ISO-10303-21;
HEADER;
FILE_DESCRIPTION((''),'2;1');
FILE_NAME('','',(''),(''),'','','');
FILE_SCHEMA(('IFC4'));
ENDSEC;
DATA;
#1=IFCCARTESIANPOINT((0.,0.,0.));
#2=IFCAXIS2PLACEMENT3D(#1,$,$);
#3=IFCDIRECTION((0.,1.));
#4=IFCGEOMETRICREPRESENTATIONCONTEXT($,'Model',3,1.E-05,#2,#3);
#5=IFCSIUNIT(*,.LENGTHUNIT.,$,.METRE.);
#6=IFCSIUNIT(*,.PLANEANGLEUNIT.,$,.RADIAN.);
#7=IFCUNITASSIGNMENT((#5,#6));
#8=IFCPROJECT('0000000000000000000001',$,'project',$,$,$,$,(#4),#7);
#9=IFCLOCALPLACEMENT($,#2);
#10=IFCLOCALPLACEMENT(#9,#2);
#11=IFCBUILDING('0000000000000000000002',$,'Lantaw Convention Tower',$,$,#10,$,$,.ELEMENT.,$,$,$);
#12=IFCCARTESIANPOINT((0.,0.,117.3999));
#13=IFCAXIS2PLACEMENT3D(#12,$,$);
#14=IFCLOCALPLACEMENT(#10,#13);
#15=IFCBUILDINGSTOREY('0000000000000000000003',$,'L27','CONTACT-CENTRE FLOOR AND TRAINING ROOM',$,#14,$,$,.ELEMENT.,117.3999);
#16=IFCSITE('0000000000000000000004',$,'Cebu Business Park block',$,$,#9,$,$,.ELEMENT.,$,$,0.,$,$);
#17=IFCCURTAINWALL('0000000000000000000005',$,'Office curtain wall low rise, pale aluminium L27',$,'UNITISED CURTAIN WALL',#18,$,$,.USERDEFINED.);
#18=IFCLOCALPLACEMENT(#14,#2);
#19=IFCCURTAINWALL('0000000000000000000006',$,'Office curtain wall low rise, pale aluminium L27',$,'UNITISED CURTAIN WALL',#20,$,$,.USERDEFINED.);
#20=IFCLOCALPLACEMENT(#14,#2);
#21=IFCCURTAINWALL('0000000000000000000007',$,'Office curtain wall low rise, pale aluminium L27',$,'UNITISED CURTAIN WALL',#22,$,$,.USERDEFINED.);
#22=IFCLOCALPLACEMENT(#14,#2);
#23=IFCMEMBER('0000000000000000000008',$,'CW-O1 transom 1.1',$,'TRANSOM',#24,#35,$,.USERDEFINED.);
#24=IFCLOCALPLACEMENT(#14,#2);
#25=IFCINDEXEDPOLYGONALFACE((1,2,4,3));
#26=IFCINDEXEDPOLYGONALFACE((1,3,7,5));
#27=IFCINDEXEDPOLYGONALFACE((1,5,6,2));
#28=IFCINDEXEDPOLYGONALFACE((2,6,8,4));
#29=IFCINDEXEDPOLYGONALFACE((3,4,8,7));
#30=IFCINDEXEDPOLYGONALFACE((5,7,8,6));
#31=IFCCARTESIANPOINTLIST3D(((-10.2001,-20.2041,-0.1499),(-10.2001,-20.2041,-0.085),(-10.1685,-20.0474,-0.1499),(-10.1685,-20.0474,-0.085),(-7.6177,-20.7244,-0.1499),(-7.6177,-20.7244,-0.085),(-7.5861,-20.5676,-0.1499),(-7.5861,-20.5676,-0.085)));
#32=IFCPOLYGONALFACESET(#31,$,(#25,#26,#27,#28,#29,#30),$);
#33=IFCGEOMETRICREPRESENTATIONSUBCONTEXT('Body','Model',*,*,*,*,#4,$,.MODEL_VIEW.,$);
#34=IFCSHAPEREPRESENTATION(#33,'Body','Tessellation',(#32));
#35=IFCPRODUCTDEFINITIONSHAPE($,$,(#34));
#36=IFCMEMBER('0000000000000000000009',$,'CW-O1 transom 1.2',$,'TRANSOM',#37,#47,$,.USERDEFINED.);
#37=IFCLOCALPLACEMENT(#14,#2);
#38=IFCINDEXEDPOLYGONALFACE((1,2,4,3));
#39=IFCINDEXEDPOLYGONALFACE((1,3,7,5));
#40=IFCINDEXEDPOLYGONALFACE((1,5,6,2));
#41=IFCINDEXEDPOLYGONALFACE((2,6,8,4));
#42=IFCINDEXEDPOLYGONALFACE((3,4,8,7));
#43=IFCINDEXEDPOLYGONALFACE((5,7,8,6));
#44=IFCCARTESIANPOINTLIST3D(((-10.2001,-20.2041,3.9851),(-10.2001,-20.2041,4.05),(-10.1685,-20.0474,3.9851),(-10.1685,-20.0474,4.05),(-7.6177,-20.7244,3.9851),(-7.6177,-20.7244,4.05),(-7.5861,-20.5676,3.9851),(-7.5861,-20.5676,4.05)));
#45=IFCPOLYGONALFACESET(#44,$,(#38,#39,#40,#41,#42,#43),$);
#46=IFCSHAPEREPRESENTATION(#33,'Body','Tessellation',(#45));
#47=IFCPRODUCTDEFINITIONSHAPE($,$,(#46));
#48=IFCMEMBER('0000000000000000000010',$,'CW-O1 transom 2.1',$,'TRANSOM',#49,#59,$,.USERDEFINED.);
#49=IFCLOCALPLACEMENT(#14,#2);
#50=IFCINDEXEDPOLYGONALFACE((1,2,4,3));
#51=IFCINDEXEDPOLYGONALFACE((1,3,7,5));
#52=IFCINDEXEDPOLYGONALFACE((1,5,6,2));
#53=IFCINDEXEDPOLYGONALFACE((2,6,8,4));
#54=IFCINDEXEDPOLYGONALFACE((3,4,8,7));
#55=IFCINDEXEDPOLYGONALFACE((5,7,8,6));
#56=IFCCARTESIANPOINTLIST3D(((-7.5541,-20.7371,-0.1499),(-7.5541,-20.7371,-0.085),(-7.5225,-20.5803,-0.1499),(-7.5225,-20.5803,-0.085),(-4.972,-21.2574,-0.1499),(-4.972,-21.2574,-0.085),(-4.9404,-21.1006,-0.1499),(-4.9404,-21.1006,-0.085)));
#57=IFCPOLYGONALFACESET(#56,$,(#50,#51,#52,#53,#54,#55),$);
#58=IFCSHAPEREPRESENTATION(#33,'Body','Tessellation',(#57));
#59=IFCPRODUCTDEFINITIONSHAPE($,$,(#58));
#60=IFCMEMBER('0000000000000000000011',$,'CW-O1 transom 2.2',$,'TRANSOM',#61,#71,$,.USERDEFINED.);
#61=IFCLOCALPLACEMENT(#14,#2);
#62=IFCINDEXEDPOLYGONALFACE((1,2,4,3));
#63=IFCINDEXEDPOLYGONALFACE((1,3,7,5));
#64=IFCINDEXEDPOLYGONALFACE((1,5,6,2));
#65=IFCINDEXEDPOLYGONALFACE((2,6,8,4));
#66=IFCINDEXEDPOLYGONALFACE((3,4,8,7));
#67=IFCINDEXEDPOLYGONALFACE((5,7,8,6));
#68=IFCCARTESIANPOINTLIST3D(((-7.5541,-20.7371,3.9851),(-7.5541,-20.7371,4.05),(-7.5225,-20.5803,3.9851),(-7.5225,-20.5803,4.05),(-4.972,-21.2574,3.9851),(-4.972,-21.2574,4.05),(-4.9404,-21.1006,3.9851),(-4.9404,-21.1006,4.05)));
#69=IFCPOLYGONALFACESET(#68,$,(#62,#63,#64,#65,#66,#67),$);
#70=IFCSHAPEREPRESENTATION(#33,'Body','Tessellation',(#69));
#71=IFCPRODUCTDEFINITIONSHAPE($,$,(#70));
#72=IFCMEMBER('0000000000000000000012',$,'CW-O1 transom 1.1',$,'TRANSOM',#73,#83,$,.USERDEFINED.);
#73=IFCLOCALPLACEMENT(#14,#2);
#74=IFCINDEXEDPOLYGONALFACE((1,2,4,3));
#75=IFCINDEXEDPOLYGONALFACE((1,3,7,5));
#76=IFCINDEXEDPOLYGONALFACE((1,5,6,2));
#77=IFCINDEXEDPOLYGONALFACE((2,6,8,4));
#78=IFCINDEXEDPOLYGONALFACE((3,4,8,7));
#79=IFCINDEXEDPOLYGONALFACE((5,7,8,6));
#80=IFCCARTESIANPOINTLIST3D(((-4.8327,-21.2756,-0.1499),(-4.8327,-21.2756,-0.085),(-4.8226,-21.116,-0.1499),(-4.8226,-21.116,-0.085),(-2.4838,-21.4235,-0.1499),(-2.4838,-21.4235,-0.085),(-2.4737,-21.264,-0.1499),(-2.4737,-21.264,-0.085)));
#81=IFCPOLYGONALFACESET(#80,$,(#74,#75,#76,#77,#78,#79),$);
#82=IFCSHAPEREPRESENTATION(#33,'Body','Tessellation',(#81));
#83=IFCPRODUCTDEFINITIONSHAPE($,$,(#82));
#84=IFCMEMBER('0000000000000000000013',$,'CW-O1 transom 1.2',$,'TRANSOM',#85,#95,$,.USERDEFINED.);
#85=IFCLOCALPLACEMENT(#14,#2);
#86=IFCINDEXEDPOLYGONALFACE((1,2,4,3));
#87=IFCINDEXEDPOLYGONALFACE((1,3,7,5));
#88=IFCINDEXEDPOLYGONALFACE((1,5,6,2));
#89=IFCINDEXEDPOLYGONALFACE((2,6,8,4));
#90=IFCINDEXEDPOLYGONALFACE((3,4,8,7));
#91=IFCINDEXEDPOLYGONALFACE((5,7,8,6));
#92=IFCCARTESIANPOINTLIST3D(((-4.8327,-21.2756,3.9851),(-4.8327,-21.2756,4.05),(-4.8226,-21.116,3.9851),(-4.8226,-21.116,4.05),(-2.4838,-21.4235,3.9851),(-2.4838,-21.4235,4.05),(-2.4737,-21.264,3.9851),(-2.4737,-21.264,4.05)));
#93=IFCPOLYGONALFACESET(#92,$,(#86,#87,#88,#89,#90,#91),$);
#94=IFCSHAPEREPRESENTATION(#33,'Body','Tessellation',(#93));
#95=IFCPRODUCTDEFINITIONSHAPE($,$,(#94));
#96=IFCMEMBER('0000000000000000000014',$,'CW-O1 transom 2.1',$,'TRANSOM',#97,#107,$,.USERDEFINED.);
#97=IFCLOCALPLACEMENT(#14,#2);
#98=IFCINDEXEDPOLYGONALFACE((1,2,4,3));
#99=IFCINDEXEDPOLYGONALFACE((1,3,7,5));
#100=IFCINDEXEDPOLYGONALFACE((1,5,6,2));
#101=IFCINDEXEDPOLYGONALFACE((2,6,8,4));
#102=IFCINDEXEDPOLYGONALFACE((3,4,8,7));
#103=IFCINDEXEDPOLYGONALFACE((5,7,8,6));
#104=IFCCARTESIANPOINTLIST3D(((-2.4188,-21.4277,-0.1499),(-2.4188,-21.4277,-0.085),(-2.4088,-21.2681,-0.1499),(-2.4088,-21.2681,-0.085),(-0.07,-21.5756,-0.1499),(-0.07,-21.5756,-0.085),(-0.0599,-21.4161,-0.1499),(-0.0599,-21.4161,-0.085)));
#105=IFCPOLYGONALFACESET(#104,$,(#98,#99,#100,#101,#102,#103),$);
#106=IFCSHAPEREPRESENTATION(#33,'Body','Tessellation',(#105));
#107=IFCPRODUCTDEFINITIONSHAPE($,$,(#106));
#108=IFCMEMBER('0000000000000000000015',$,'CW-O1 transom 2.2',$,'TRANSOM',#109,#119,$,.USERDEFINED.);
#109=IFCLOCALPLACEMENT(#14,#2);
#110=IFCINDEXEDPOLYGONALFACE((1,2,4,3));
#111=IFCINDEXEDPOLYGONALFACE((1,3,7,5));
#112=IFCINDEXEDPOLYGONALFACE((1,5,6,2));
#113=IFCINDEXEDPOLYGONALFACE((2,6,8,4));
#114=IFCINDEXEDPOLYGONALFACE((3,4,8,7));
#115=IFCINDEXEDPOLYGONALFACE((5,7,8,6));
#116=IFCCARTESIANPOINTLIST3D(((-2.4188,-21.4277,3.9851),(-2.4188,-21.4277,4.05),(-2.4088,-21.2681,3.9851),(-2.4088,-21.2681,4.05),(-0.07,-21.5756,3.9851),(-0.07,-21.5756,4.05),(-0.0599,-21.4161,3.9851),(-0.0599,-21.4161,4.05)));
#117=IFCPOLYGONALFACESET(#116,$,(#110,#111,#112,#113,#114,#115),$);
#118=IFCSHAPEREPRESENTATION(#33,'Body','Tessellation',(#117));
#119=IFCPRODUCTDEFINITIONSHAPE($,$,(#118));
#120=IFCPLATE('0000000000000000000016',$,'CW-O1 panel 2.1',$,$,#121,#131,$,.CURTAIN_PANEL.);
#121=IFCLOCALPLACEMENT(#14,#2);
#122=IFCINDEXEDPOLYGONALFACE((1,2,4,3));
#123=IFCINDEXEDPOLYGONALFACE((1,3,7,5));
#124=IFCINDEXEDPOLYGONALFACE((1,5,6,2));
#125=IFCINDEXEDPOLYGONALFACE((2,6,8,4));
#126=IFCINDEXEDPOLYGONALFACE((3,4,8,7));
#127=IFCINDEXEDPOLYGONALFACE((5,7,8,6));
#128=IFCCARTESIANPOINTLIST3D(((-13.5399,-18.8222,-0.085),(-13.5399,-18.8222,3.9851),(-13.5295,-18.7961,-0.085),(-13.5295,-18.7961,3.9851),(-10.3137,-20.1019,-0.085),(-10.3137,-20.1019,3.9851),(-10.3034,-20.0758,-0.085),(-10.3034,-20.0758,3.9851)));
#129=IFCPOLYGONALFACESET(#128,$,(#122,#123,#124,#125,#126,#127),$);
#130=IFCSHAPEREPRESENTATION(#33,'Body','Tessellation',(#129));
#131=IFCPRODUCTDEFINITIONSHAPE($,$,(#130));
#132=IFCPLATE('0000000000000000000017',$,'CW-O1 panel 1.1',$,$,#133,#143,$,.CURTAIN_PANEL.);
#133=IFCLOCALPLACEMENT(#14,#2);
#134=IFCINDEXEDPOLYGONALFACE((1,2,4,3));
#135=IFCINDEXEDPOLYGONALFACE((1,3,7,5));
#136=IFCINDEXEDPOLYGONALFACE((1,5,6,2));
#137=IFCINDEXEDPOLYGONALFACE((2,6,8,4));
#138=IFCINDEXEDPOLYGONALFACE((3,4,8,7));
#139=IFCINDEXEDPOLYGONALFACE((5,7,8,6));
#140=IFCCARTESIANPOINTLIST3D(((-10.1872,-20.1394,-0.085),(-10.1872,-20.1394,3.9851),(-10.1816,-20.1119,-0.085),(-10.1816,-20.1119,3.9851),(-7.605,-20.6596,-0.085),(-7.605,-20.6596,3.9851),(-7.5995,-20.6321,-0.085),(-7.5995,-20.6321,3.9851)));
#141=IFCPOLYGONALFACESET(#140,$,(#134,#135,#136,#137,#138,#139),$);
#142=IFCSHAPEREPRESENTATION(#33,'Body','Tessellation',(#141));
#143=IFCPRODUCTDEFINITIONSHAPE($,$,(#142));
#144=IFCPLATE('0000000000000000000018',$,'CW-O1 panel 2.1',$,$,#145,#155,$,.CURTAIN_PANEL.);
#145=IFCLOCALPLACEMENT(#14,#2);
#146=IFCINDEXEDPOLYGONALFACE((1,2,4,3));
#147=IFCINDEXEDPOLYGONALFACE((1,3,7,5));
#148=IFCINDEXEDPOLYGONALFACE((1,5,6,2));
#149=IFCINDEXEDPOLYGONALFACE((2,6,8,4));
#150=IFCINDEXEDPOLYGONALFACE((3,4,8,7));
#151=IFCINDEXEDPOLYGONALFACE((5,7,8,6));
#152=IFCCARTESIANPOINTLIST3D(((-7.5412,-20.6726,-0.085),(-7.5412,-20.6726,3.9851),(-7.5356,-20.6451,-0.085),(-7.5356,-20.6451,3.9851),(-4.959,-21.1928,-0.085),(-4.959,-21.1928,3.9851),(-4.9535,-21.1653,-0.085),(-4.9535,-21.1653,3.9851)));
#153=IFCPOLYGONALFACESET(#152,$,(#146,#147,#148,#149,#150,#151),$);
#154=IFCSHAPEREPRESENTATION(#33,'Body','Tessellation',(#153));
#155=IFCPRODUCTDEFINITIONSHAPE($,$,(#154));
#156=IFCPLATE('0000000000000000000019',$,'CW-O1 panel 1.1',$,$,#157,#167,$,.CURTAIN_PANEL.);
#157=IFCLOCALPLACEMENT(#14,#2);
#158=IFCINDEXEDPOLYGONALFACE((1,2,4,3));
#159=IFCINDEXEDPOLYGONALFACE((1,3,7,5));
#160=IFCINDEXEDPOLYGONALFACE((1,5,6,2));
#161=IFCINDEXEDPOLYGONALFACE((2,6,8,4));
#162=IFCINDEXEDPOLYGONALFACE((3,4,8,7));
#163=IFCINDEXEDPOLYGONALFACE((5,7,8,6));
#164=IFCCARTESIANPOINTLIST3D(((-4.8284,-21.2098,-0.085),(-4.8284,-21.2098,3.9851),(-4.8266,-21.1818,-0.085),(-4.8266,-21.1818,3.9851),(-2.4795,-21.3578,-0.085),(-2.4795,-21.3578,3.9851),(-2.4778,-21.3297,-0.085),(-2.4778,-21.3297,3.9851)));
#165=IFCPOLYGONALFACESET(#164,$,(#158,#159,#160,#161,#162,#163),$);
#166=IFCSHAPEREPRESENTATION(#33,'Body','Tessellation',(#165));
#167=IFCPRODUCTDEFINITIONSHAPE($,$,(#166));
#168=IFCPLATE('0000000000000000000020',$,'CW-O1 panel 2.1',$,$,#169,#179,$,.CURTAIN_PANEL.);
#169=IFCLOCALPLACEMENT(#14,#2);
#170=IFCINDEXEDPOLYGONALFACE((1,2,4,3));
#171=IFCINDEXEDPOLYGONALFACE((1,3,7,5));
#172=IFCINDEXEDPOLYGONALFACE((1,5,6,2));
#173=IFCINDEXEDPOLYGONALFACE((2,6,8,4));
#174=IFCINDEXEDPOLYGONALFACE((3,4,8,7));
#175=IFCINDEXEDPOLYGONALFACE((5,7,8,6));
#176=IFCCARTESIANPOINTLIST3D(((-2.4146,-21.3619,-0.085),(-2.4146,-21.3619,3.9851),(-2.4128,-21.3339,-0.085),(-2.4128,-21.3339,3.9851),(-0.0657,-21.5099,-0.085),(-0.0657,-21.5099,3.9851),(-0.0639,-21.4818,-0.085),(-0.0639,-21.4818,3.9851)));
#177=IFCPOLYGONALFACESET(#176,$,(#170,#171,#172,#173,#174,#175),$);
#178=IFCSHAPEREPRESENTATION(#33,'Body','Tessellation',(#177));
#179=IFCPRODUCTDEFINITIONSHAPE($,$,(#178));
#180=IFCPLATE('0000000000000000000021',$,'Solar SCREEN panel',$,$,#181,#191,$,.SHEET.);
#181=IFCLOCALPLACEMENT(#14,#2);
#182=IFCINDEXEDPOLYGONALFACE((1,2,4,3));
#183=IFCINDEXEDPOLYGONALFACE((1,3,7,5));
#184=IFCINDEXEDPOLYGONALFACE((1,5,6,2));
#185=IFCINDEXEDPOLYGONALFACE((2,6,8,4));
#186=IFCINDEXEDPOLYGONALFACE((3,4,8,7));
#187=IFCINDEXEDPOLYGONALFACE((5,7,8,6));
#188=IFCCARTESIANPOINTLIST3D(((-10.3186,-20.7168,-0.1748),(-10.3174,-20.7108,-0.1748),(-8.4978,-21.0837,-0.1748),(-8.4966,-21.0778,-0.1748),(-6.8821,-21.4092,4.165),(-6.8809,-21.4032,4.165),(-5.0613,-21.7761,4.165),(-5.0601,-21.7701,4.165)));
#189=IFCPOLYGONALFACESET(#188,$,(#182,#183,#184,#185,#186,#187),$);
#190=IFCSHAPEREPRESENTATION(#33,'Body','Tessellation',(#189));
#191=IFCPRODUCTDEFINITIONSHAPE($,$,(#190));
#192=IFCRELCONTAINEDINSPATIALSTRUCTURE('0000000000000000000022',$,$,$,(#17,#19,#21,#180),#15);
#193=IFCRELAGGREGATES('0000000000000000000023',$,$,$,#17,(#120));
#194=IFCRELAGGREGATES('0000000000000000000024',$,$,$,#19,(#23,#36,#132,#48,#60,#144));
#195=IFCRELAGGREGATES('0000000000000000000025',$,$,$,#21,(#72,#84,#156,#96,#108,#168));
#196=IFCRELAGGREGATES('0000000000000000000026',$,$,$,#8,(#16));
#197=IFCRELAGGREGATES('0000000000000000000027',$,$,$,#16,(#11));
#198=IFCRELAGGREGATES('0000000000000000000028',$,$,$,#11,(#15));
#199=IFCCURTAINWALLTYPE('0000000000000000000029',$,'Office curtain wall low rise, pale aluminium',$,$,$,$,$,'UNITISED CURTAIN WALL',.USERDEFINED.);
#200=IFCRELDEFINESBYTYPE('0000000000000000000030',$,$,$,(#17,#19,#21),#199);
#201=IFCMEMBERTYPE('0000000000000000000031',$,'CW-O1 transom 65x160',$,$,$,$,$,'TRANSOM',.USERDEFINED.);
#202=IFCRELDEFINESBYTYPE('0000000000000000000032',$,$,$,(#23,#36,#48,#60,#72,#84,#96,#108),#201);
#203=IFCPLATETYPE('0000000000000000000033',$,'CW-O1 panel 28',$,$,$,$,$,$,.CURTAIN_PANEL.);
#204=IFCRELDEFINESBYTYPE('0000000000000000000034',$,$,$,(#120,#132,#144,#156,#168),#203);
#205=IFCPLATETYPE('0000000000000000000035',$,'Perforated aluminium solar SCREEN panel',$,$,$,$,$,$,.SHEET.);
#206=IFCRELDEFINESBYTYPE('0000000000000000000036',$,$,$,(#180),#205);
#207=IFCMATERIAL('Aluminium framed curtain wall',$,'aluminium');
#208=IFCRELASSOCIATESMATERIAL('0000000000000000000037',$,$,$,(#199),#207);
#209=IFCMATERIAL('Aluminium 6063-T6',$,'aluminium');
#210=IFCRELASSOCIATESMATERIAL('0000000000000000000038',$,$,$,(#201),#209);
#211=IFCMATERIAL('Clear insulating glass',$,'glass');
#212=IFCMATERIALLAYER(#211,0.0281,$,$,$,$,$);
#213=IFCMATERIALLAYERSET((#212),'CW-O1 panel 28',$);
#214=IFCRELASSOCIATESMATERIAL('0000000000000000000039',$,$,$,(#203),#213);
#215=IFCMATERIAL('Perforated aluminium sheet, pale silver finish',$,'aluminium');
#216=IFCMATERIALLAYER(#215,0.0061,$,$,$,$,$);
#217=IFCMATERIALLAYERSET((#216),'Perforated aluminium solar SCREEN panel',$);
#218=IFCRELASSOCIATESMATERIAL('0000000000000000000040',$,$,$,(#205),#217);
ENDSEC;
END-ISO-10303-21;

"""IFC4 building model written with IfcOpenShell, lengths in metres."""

from ifc_helpers import new_model, si_unit, direction, frame, origin, origin_2d, place, context, subcontext, project, spatial, polyline, rectangle, outline, extrude, material, layer, layer_set, material_profile, profile_set, type_object, element, aggregate, save


model = new_model("IFC4")

# Units and contexts
model_context = context("Model", 3, precision=1e-05, world=origin(), true_north=direction((0.0, 1.0)))
body_context = subcontext(model_context, "Body", "Model", "MODEL_VIEW")
ifc_project = project(units=[si_unit("LENGTHUNIT", "METRE"), si_unit("PLANEANGLEUNIT", "RADIAN")], contexts=[model_context])

# Site, building, storey
site_placement = place(None, origin())
site = spatial("IfcSite", under=ifc_project, at=site_placement, Name="Cebu Business Park block", CompositionType="ELEMENT", RefElevation=0.0)
building_placement = place(site_placement, origin())
building = spatial("IfcBuilding", under=site, at=building_placement, Name="Lantaw Convention Tower", CompositionType="ELEMENT")
storey_placement = place(building_placement, frame((0.0, 0.0, 117.3999)))
storey = spatial("IfcBuildingStorey", under=building, at=storey_placement, Name="L27", Description="CONTACT-CENTRE FLOOR AND TRAINING ROOM", CompositionType="ELEMENT", Elevation=117.3999)

# Curtain wall
ifc_material_1 = material(Name="Aluminium framed curtain wall", Category="aluminium")
curtain_wall_type = type_object("IfcCurtainWallType", Name="Office curtain wall low rise, pale aluminium", ElementType="UNITISED CURTAIN WALL", PredefinedType="USERDEFINED", material=ifc_material_1)
curtain_wall_1_placement = place(storey_placement, origin())
curtain_wall_1 = element("IfcCurtainWall", 1, at=curtain_wall_1_placement, inside=storey, type_object=curtain_wall_type, Name="Office curtain wall low rise, pale aluminium L27", ObjectType="UNITISED CURTAIN WALL", PredefinedType="USERDEFINED")
ifc_material_2 = material(Name="Aluminium 6063-T6", Category="aluminium")

# Curtain walls
curtain_wall_2_placement = place(storey_placement, origin())
curtain_wall_2 = element("IfcCurtainWall", 2, at=curtain_wall_2_placement, inside=storey, type_object=curtain_wall_type, Name="Office curtain wall low rise, pale aluminium L27", ObjectType="UNITISED CURTAIN WALL", PredefinedType="USERDEFINED")
curtain_wall_3_placement = place(storey_placement, origin())
curtain_wall_3 = element("IfcCurtainWall", 3, at=curtain_wall_3_placement, inside=storey, type_object=curtain_wall_type, Name="Office curtain wall low rise, pale aluminium L27", ObjectType="UNITISED CURTAIN WALL", PredefinedType="USERDEFINED")

# Members
ifc_material_profile_1 = material_profile(ifc_material_2, rectangle(XDim=0.1599, YDim=0.0649, at=origin_2d()), Name="CW-O1 transom 65x160")
ifc_profile_set_1 = profile_set([ifc_material_profile_1], Name="Aluminium 6063-T6")
member_type_1 = type_object("IfcMemberType", Name="CW-O1 transom 65x160", ElementType="TRANSOM", PredefinedType="USERDEFINED", material=ifc_profile_set_1)
member_1_placement = place(storey_placement, frame((-10.1843, -20.1257, -0.1174), z_axis=(0.980302, -0.197506, 0.0), x_axis=(0.197506, 0.980302, 0.0)))
member_1 = element("IfcMember", 4, at=member_1_placement, type_object=member_type_1, Name="CW-O1 transom 1.1", ObjectType="TRANSOM", PredefinedType="USERDEFINED", context=body_context, shape_type="SweptSolid", body=[
    extrude(rectangle(XDim=0.1599, YDim=0.0649, at=origin_2d()), origin(), (0.0, 0.0, 1.0), 2.6343),
])
member_2_placement = place(storey_placement, frame((-10.1843, -20.1257, 4.0176), z_axis=(0.980302, -0.197506, 0.0), x_axis=(0.197506, 0.980302, 0.0)))
member_2 = element("IfcMember", 5, at=member_2_placement, type_object=member_type_1, Name="CW-O1 transom 1.2", ObjectType="TRANSOM", PredefinedType="USERDEFINED", context=body_context, shape_type="SweptSolid", body=[
    extrude(rectangle(XDim=0.1599, YDim=0.0649, at=origin_2d()), origin(), (0.0, 0.0, 1.0), 2.6343),
])
member_3_placement = place(storey_placement, frame((-7.5383, -20.6587, -0.1174), z_axis=(0.980298, -0.197524, 0.0), x_axis=(0.197524, 0.980298, 0.0)))
member_3 = element("IfcMember", 6, at=member_3_placement, type_object=member_type_1, Name="CW-O1 transom 2.1", ObjectType="TRANSOM", PredefinedType="USERDEFINED", context=body_context, shape_type="SweptSolid", body=[
    extrude(rectangle(XDim=0.1599, YDim=0.0649, at=origin_2d()), origin(), (0.0, 0.0, 1.0), 2.634),
])
member_4_placement = place(storey_placement, frame((-7.5383, -20.6587, 4.0176), z_axis=(0.980298, -0.197524, 0.0), x_axis=(0.197524, 0.980298, 0.0)))
member_4 = element("IfcMember", 7, at=member_4_placement, type_object=member_type_1, Name="CW-O1 transom 2.2", ObjectType="TRANSOM", PredefinedType="USERDEFINED", context=body_context, shape_type="SweptSolid", body=[
    extrude(rectangle(XDim=0.1599, YDim=0.0649, at=origin_2d()), origin(), (0.0, 0.0, 1.0), 2.634),
])
member_5_placement = place(storey_placement, frame((-4.8276, -21.1958, -0.1174), z_axis=(0.998022, -0.062863, 0.0), x_axis=(0.062863, 0.998022, 0.0)))
member_5 = element("IfcMember", 8, at=member_5_placement, type_object=member_type_1, Name="CW-O1 transom 1.1", ObjectType="TRANSOM", PredefinedType="USERDEFINED", context=body_context, shape_type="SweptSolid", body=[
    extrude(rectangle(XDim=0.1599, YDim=0.0649, at=origin_2d()), origin(), (0.0, 0.0, 1.0), 2.3535),
])
member_6_placement = place(storey_placement, frame((-4.8276, -21.1958, 4.0176), z_axis=(0.998022, -0.062863, 0.0), x_axis=(0.062863, 0.998022, 0.0)))
member_6 = element("IfcMember", 9, at=member_6_placement, type_object=member_type_1, Name="CW-O1 transom 1.2", ObjectType="TRANSOM", PredefinedType="USERDEFINED", context=body_context, shape_type="SweptSolid", body=[
    extrude(rectangle(XDim=0.1599, YDim=0.0649, at=origin_2d()), origin(), (0.0, 0.0, 1.0), 2.3535),
])
member_7_placement = place(storey_placement, frame((-2.4138, -21.3479, -0.1174), z_axis=(0.998022, -0.062863, 0.0), x_axis=(0.062863, 0.998022, 0.0)))
member_7 = element("IfcMember", 10, at=member_7_placement, type_object=member_type_1, Name="CW-O1 transom 2.1", ObjectType="TRANSOM", PredefinedType="USERDEFINED", context=body_context, shape_type="SweptSolid", body=[
    extrude(rectangle(XDim=0.1599, YDim=0.0649, at=origin_2d()), origin(), (0.0, 0.0, 1.0), 2.3535),
])
member_8_placement = place(storey_placement, frame((-2.4138, -21.3479, 4.0176), z_axis=(0.998022, -0.062863, 0.0), x_axis=(0.062863, 0.998022, 0.0)))
member_8 = element("IfcMember", 11, at=member_8_placement, type_object=member_type_1, Name="CW-O1 transom 2.2", ObjectType="TRANSOM", PredefinedType="USERDEFINED", context=body_context, shape_type="SweptSolid", body=[
    extrude(rectangle(XDim=0.1599, YDim=0.0649, at=origin_2d()), origin(), (0.0, 0.0, 1.0), 2.3535),
])

# Plates
ifc_material_3 = material(Name="Clear insulating glass", Category="glass")
ifc_layer_1 = layer(ifc_material_3, 0.0281)
ifc_layer_set_1 = layer_set([ifc_layer_1], Name="CW-O1 panel 28")
plate_type_1 = type_object("IfcPlateType", Name="CW-O1 panel 28", PredefinedType="CURTAIN_PANEL", material=ifc_layer_set_1)
plate_1_placement = place(storey_placement, frame((-11.9216, -19.449, -0.085), z_axis=(0.0, 0.0, 1.0), x_axis=(0.929548, -0.368702, 0.0)))
plate_1 = element("IfcPlate", 12, at=plate_1_placement, type_object=plate_type_1, Name="CW-O1 panel 2.1", PredefinedType="CURTAIN_PANEL", context=body_context, shape_type="SweptSolid", body=[
    extrude(rectangle(XDim=3.4707, YDim=0.0281, at=origin_2d()), origin(), (0.0, 0.0, 1.0), 4.0701),
])
aggregate(curtain_wall_1, [plate_1])
plate_2_placement = place(storey_placement, frame((-8.8933, -20.3857, -0.085), z_axis=(0.0, 0.0, 1.0), x_axis=(0.980302, -0.197507, 0.0)))
plate_2 = element("IfcPlate", 13, at=plate_2_placement, type_object=plate_type_1, Name="CW-O1 panel 1.1", PredefinedType="CURTAIN_PANEL", context=body_context, shape_type="SweptSolid", body=[
    extrude(rectangle(XDim=2.634, YDim=0.0281, at=origin_2d()), origin(), (0.0, 0.0, 1.0), 4.0701),
])
plate_3_placement = place(storey_placement, frame((-6.2473, -20.9189, -0.085), z_axis=(0.0, 0.0, 1.0), x_axis=(0.980302, -0.197507, 0.0)))
plate_3 = element("IfcPlate", 14, at=plate_3_placement, type_object=plate_type_1, Name="CW-O1 panel 2.1", PredefinedType="CURTAIN_PANEL", context=body_context, shape_type="SweptSolid", body=[
    extrude(rectangle(XDim=2.634, YDim=0.0281, at=origin_2d()), origin(), (0.0, 0.0, 1.0), 4.0701),
])
aggregate(curtain_wall_2, [member_1, member_2, plate_2, member_3, member_4, plate_3])
plate_4_placement = place(storey_placement, frame((-3.6531, -21.2698, -0.085), z_axis=(0.0, 0.0, 1.0), x_axis=(0.998022, -0.062865, 0.0)))
plate_4 = element("IfcPlate", 15, at=plate_4_placement, type_object=plate_type_1, Name="CW-O1 panel 1.1", PredefinedType="CURTAIN_PANEL", context=body_context, shape_type="SweptSolid", body=[
    extrude(rectangle(XDim=2.3535, YDim=0.0281, at=origin_2d()), origin(), (0.0, 0.0, 1.0), 4.0701),
])
plate_5_placement = place(storey_placement, frame((-1.2393, -21.4219, -0.085), z_axis=(0.0, 0.0, 1.0), x_axis=(0.998022, -0.062865, 0.0)))
plate_5 = element("IfcPlate", 16, at=plate_5_placement, type_object=plate_type_1, Name="CW-O1 panel 2.1", PredefinedType="CURTAIN_PANEL", context=body_context, shape_type="SweptSolid", body=[
    extrude(rectangle(XDim=2.3535, YDim=0.0281, at=origin_2d()), origin(), (0.0, 0.0, 1.0), 4.0701),
])
aggregate(curtain_wall_3, [member_5, member_6, plate_4, member_7, member_8, plate_5])

# Plate
ifc_material_4 = material(Name="Perforated aluminium sheet, pale silver finish", Category="aluminium")
ifc_layer_2 = layer(ifc_material_4, 0.0061)
ifc_layer_set_2 = layer_set([ifc_layer_2], Name="Perforated aluminium solar SCREEN panel")
plate_type_2 = type_object("IfcPlateType", Name="Perforated aluminium solar SCREEN panel", PredefinedType="SHEET", material=ifc_layer_set_2)
plate_6_placement = place(storey_placement, frame((-10.3186, -20.7168, -0.1748), z_axis=(-0.197557, -0.980291, 0.000039), x_axis=(0.980291, -0.197557, 0.0)))
element("IfcPlate", 17, at=plate_6_placement, inside=storey, type_object=plate_type_2, Name="Solar SCREEN panel", PredefinedType="SHEET", context=body_context, shape_type="SweptSolid", body=[
    extrude(outline(polyline([(0.0, 0.0), (1.8574, 0.0), (5.363, 4.3398), (3.5056, 4.3398), (0.0, 0.0)])), origin(), (0.0, 0.0, -1.0), 0.0061),
])

save(model, "model.ifc")
